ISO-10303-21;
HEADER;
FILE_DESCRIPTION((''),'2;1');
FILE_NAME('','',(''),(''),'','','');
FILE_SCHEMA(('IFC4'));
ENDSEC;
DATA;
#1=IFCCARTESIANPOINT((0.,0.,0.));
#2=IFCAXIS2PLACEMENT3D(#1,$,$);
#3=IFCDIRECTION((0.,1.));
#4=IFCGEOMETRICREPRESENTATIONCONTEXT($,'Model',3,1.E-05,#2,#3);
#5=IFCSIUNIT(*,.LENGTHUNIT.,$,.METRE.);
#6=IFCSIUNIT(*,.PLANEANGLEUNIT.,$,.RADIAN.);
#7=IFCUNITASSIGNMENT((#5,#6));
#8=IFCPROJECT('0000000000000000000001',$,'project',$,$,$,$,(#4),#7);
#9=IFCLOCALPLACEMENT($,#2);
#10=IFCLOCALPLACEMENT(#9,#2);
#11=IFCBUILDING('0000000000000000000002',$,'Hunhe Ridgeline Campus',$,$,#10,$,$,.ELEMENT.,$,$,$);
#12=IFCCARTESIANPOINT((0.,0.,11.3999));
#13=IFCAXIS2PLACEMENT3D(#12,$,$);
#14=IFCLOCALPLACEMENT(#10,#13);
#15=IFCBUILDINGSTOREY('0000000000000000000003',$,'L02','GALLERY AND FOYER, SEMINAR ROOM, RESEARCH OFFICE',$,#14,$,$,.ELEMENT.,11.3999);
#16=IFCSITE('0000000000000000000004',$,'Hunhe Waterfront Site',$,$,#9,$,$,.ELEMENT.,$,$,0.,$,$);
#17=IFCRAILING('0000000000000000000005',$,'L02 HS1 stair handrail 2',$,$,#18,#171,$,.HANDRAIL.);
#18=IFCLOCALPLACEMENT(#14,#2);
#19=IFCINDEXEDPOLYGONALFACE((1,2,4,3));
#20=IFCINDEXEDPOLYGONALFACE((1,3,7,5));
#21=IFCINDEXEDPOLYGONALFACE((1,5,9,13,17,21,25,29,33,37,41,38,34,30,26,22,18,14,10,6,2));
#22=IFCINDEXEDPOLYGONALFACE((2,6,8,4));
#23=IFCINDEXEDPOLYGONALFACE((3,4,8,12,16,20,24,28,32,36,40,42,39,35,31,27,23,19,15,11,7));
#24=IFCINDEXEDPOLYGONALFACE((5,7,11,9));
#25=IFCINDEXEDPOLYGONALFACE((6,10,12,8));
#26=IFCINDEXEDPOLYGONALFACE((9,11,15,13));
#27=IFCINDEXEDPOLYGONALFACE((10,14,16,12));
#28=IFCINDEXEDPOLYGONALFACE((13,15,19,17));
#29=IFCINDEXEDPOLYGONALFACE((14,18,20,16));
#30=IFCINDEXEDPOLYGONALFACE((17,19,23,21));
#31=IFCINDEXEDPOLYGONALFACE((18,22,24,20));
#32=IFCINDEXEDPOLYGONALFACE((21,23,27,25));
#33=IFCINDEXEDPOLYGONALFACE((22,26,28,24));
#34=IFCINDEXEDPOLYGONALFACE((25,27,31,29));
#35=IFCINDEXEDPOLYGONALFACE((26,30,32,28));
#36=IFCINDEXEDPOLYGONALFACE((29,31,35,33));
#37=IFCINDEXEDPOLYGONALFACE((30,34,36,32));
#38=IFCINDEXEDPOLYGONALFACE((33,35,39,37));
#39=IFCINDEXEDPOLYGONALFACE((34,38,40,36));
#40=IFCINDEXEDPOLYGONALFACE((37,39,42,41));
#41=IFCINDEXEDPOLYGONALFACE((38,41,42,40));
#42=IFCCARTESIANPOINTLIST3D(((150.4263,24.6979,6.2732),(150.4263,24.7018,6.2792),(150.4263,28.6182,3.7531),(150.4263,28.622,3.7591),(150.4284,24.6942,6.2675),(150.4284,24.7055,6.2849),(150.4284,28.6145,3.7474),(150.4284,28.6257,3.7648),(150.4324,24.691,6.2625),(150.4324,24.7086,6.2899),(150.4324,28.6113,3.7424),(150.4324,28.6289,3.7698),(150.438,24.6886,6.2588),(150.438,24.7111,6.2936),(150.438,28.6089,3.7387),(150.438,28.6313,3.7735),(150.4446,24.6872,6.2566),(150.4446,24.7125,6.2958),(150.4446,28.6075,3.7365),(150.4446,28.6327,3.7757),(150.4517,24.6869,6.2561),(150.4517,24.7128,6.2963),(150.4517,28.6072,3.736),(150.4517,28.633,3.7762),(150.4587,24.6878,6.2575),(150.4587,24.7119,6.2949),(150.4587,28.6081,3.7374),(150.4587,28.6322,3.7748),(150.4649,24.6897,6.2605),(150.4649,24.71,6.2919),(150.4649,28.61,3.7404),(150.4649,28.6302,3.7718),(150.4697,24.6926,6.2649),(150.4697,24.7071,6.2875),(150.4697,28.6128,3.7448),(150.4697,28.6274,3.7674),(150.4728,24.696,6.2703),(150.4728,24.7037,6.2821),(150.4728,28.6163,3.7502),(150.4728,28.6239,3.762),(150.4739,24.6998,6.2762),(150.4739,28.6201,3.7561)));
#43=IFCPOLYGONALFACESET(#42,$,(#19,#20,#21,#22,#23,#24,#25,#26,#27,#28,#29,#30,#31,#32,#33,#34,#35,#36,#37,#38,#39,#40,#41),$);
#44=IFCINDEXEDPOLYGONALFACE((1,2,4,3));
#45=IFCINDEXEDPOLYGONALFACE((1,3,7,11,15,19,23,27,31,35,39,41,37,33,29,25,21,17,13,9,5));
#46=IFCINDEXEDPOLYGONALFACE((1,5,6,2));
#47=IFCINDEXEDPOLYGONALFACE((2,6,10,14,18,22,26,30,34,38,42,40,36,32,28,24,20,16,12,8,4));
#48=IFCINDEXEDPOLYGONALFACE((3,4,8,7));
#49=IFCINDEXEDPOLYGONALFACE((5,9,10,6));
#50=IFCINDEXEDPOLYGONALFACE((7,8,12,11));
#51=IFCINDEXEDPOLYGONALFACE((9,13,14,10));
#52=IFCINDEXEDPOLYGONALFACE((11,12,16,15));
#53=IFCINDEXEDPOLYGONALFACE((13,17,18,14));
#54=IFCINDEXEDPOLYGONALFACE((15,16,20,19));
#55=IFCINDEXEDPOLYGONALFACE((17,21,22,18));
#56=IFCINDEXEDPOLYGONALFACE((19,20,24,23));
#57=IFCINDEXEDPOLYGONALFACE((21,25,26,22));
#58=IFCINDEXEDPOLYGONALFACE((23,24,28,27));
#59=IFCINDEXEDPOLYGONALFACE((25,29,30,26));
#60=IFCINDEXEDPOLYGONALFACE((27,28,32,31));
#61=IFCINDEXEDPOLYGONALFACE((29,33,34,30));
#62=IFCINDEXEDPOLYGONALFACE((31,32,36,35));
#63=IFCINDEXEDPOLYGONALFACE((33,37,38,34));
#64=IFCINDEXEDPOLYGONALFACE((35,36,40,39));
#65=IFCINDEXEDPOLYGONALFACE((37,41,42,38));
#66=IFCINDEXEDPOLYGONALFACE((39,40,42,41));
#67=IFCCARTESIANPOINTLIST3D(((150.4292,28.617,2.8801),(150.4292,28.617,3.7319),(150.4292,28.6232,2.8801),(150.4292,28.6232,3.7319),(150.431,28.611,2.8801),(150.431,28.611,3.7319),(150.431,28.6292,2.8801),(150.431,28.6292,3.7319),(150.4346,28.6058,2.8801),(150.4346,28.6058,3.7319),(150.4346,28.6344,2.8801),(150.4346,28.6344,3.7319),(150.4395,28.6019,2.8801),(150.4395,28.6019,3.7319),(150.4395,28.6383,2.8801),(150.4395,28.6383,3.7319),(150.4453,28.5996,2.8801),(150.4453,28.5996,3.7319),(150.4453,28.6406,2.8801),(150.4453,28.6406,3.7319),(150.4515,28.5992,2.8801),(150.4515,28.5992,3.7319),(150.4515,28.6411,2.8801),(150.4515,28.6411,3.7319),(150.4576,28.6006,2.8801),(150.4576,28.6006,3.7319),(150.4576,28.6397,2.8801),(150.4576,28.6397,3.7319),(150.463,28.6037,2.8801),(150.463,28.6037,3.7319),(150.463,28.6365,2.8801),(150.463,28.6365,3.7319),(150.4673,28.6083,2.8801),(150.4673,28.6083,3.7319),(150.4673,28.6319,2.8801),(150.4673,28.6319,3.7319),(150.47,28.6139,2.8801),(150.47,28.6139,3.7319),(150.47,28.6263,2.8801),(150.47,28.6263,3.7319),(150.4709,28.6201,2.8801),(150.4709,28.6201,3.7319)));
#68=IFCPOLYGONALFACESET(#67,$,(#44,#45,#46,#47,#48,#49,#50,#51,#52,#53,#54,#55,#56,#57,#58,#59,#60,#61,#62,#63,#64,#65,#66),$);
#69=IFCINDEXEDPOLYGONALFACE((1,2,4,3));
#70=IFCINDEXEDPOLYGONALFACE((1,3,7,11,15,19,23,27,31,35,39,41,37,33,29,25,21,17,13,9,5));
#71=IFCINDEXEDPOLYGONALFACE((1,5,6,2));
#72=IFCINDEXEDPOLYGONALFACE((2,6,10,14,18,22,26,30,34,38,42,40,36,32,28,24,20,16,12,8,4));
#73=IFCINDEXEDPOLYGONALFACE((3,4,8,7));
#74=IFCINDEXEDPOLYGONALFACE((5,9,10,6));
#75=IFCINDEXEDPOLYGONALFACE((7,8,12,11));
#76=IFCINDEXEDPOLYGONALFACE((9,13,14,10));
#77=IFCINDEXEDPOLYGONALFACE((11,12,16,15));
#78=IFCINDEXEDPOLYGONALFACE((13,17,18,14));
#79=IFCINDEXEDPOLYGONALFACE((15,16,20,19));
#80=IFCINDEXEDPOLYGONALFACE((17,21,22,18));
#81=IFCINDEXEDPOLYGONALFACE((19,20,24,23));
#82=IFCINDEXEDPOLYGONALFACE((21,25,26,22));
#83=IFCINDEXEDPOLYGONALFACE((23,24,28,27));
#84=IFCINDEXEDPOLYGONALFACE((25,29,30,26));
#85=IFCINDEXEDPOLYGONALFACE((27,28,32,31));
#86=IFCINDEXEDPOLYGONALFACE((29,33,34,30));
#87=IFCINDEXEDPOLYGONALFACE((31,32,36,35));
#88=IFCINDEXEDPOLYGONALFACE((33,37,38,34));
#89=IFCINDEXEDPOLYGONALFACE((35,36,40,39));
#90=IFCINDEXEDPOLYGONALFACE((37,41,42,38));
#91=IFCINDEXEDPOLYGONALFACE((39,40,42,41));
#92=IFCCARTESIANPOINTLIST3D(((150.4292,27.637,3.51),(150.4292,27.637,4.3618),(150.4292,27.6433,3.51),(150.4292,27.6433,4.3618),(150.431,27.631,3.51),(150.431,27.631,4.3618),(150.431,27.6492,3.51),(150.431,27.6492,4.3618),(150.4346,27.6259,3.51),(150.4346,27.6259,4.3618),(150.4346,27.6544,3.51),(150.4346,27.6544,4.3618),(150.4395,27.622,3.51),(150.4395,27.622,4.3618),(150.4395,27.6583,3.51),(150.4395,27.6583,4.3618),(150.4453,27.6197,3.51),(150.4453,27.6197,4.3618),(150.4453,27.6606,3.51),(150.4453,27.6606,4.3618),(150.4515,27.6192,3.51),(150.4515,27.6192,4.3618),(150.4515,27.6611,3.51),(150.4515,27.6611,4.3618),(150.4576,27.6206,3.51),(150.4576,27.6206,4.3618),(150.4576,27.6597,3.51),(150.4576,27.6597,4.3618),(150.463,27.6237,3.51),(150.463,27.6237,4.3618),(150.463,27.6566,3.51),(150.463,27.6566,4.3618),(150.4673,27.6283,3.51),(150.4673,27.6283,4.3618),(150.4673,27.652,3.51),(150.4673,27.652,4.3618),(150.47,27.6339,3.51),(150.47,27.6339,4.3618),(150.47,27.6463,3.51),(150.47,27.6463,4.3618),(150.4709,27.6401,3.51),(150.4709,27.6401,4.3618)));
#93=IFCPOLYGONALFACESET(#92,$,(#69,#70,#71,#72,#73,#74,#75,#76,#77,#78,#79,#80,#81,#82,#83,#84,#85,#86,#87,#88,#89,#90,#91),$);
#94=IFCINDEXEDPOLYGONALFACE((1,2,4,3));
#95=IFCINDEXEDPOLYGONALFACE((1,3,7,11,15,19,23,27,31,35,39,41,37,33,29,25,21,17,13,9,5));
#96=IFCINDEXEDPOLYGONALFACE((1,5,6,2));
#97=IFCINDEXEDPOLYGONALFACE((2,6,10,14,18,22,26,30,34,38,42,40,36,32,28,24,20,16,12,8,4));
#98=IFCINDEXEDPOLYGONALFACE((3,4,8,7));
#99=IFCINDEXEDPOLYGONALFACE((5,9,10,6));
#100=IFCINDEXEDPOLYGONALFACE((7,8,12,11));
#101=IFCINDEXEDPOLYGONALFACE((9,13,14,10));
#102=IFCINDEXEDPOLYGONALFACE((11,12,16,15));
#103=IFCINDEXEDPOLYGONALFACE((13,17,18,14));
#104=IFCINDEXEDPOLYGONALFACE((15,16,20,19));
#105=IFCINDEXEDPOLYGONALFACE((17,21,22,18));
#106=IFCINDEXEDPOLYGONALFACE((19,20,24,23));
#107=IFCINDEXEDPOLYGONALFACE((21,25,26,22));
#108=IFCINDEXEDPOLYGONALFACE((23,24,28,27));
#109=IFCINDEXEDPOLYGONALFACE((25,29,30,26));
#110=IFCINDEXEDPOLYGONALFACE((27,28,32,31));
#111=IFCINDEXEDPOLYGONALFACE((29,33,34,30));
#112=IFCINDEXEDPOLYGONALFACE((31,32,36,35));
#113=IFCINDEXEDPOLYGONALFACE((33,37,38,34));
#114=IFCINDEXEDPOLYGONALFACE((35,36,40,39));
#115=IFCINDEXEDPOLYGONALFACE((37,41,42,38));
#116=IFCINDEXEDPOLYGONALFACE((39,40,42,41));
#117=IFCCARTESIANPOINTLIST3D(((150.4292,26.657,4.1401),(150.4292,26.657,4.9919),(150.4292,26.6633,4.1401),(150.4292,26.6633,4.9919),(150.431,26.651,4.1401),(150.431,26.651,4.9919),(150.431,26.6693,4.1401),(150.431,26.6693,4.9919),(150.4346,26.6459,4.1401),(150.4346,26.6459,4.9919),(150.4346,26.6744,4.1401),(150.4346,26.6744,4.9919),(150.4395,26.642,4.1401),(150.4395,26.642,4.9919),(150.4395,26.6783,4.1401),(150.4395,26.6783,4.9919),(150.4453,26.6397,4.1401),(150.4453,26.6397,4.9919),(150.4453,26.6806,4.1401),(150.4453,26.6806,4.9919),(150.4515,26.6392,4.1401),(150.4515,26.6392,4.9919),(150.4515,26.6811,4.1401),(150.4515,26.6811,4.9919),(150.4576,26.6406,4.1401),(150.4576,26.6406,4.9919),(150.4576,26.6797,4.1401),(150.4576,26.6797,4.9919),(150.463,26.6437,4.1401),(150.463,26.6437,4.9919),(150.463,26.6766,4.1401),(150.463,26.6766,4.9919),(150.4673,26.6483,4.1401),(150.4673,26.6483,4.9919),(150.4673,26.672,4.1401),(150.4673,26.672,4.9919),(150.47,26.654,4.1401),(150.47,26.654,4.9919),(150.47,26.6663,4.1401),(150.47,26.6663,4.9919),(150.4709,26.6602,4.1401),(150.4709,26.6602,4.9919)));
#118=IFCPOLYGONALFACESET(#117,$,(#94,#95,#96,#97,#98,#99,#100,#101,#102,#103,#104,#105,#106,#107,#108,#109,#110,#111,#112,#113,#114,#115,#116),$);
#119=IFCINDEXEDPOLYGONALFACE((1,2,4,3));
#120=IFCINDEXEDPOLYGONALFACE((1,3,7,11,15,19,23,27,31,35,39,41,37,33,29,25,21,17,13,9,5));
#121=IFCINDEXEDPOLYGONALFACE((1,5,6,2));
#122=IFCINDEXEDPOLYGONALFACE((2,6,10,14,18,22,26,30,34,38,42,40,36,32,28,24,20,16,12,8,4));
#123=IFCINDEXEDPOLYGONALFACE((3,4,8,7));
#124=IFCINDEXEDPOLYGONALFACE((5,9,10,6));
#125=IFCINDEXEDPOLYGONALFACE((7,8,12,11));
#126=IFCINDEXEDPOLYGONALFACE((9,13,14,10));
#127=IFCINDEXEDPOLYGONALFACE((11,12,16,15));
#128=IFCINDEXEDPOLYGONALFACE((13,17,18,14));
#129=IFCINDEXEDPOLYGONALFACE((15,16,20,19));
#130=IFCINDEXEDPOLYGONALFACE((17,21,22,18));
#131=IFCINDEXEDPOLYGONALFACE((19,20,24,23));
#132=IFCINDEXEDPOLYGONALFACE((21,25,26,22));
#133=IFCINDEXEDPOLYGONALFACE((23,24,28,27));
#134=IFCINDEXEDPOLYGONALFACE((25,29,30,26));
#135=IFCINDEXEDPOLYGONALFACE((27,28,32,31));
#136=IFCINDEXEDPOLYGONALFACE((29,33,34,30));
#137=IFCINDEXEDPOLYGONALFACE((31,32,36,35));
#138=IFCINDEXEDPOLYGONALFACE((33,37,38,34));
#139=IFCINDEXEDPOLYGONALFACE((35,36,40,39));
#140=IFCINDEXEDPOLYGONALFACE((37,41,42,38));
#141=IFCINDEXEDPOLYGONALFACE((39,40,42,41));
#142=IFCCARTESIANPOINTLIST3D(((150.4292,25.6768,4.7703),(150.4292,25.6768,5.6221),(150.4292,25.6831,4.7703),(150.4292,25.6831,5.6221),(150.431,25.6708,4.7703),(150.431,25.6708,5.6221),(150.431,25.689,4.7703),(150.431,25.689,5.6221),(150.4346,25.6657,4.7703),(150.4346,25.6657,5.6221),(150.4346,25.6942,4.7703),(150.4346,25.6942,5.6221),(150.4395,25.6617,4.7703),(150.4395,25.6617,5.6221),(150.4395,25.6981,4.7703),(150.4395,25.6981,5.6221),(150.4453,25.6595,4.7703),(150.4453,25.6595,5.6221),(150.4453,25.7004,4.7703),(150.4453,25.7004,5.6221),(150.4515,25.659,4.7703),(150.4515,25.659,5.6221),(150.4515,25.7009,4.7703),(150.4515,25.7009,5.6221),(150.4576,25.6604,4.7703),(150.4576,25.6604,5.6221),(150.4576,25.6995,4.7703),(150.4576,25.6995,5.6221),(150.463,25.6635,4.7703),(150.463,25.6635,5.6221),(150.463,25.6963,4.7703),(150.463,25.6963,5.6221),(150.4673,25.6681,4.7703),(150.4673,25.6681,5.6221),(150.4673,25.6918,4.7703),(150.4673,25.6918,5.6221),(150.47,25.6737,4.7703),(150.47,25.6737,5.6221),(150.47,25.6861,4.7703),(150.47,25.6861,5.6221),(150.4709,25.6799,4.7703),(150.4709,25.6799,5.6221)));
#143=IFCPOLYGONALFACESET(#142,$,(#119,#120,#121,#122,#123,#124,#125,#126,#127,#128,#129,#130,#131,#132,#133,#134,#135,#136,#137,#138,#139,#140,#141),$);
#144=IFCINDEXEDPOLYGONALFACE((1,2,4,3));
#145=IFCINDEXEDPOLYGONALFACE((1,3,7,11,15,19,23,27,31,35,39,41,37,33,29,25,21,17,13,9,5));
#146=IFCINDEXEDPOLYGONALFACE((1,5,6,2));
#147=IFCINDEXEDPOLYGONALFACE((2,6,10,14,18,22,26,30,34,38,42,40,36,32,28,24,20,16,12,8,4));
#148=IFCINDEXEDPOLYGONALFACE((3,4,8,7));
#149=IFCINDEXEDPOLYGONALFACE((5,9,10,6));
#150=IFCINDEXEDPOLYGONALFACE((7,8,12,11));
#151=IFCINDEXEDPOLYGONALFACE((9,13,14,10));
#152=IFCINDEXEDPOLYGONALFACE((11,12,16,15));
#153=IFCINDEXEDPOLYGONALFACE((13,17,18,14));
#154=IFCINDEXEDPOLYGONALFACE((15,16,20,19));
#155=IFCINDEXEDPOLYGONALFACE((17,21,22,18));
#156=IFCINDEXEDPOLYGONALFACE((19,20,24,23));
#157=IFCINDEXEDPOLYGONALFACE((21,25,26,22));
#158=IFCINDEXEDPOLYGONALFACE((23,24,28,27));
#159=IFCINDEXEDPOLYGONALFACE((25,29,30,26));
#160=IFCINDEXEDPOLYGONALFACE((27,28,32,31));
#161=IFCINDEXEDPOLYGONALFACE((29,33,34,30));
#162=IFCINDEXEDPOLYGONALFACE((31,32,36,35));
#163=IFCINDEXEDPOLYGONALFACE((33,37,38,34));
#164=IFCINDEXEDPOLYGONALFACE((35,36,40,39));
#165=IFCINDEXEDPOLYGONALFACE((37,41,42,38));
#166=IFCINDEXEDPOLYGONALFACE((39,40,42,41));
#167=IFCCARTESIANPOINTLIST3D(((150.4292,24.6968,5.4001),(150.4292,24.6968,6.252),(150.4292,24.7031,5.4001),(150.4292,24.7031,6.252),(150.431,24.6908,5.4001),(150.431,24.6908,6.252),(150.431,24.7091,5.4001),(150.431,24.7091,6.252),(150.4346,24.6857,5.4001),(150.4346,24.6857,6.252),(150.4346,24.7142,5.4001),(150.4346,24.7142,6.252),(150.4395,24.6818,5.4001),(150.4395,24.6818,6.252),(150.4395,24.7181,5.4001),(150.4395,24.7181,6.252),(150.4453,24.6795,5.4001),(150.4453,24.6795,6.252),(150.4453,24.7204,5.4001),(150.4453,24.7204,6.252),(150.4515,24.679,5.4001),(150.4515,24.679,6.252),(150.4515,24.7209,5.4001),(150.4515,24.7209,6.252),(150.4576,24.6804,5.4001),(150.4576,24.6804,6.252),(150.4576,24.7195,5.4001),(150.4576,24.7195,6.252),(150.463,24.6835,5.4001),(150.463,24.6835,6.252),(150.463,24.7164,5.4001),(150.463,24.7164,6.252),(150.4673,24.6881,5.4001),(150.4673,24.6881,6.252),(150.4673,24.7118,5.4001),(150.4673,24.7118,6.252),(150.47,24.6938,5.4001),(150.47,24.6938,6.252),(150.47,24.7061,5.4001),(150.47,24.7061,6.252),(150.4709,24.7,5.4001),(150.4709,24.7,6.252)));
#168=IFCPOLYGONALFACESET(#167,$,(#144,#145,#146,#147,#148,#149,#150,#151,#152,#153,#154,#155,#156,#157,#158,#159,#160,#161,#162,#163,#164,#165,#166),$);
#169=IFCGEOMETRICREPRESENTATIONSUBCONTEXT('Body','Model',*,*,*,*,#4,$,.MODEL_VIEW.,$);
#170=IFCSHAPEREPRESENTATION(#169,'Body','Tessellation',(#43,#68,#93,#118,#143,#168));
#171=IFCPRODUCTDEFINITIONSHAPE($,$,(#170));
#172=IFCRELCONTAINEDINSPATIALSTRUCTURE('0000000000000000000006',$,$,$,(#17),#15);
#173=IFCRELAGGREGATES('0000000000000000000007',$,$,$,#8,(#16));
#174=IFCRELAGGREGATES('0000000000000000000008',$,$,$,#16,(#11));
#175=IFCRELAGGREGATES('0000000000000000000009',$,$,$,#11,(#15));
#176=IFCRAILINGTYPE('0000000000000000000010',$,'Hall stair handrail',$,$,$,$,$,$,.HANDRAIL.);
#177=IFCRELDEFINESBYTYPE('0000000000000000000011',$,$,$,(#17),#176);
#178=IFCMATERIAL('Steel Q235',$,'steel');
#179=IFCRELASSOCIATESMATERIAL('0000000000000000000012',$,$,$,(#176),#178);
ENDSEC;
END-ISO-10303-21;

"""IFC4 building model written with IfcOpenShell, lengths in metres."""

from ifc_helpers import new_model, si_unit, direction, frame, origin, origin_2d, place, context, subcontext, project, spatial, circle, extrude, material, type_object, element, save


model = new_model("IFC4")

# Units and contexts
model_context = context("Model", 3, precision=1e-05, world=origin(), true_north=direction((0.0, 1.0)))
body_context = subcontext(model_context, "Body", "Model", "MODEL_VIEW")
ifc_project = project(units=[si_unit("LENGTHUNIT", "METRE"), si_unit("PLANEANGLEUNIT", "RADIAN")], contexts=[model_context])

# Site, building, storey
site_placement = place(None, origin())
site = spatial("IfcSite", under=ifc_project, at=site_placement, Name="Hunhe Waterfront Site", CompositionType="ELEMENT", RefElevation=0.0)
building_placement = place(site_placement, origin())
building = spatial("IfcBuilding", under=site, at=building_placement, Name="Hunhe Ridgeline Campus", CompositionType="ELEMENT")
storey_placement = place(building_placement, frame((0.0, 0.0, 11.3999)))
storey = spatial("IfcBuildingStorey", under=building, at=storey_placement, Name="L02", Description="GALLERY AND FOYER, SEMINAR ROOM, RESEARCH OFFICE", CompositionType="ELEMENT", Elevation=11.3999)

# Shared definitions
ifc_material_1 = material(Name="Steel Q235", Category="steel")

# Railing
railing_type_1 = type_object("IfcRailingType", Name="Hall stair handrail", PredefinedType="HANDRAIL", material=ifc_material_1)
railing_1_placement = place(storey_placement, frame((150.45, 28.6201, 2.8801)))
element("IfcRailing", 1, at=railing_1_placement, inside=storey, type_object=railing_type_1, Name="L02 HS1 stair handrail 2", PredefinedType="HANDRAIL", context=body_context, shape_type="SweptSolid", body=[
    extrude(circle(Radius=0.0239, at=origin_2d()), frame((0.0, 0.0, 0.876), z_axis=(0.0, -0.841187, 0.540744), x_axis=(1.0, 0.0, 0.0)), (0.0, 0.0, 1.0), 4.6604),
    extrude(circle(Radius=0.021, at=origin_2d()), origin(), (0.0, 0.0, 1.0), 0.8518),
    extrude(circle(Radius=0.021, at=origin_2d()), frame((0.0, -0.98, 0.6299)), (0.0, 0.0, 1.0), 0.8518),
    extrude(circle(Radius=0.021, at=origin_2d()), frame((0.0, -1.96, 1.26)), (0.0, 0.0, 1.0), 0.8518),
    extrude(circle(Radius=0.021, at=origin_2d()), frame((0.0, -2.9402, 1.8901)), (0.0, 0.0, 1.0), 0.8518),
    extrude(circle(Radius=0.021, at=origin_2d()), frame((0.0, -3.9202, 2.52)), (0.0, 0.0, 1.0), 0.8518),
])

save(model, "model.ifc")
